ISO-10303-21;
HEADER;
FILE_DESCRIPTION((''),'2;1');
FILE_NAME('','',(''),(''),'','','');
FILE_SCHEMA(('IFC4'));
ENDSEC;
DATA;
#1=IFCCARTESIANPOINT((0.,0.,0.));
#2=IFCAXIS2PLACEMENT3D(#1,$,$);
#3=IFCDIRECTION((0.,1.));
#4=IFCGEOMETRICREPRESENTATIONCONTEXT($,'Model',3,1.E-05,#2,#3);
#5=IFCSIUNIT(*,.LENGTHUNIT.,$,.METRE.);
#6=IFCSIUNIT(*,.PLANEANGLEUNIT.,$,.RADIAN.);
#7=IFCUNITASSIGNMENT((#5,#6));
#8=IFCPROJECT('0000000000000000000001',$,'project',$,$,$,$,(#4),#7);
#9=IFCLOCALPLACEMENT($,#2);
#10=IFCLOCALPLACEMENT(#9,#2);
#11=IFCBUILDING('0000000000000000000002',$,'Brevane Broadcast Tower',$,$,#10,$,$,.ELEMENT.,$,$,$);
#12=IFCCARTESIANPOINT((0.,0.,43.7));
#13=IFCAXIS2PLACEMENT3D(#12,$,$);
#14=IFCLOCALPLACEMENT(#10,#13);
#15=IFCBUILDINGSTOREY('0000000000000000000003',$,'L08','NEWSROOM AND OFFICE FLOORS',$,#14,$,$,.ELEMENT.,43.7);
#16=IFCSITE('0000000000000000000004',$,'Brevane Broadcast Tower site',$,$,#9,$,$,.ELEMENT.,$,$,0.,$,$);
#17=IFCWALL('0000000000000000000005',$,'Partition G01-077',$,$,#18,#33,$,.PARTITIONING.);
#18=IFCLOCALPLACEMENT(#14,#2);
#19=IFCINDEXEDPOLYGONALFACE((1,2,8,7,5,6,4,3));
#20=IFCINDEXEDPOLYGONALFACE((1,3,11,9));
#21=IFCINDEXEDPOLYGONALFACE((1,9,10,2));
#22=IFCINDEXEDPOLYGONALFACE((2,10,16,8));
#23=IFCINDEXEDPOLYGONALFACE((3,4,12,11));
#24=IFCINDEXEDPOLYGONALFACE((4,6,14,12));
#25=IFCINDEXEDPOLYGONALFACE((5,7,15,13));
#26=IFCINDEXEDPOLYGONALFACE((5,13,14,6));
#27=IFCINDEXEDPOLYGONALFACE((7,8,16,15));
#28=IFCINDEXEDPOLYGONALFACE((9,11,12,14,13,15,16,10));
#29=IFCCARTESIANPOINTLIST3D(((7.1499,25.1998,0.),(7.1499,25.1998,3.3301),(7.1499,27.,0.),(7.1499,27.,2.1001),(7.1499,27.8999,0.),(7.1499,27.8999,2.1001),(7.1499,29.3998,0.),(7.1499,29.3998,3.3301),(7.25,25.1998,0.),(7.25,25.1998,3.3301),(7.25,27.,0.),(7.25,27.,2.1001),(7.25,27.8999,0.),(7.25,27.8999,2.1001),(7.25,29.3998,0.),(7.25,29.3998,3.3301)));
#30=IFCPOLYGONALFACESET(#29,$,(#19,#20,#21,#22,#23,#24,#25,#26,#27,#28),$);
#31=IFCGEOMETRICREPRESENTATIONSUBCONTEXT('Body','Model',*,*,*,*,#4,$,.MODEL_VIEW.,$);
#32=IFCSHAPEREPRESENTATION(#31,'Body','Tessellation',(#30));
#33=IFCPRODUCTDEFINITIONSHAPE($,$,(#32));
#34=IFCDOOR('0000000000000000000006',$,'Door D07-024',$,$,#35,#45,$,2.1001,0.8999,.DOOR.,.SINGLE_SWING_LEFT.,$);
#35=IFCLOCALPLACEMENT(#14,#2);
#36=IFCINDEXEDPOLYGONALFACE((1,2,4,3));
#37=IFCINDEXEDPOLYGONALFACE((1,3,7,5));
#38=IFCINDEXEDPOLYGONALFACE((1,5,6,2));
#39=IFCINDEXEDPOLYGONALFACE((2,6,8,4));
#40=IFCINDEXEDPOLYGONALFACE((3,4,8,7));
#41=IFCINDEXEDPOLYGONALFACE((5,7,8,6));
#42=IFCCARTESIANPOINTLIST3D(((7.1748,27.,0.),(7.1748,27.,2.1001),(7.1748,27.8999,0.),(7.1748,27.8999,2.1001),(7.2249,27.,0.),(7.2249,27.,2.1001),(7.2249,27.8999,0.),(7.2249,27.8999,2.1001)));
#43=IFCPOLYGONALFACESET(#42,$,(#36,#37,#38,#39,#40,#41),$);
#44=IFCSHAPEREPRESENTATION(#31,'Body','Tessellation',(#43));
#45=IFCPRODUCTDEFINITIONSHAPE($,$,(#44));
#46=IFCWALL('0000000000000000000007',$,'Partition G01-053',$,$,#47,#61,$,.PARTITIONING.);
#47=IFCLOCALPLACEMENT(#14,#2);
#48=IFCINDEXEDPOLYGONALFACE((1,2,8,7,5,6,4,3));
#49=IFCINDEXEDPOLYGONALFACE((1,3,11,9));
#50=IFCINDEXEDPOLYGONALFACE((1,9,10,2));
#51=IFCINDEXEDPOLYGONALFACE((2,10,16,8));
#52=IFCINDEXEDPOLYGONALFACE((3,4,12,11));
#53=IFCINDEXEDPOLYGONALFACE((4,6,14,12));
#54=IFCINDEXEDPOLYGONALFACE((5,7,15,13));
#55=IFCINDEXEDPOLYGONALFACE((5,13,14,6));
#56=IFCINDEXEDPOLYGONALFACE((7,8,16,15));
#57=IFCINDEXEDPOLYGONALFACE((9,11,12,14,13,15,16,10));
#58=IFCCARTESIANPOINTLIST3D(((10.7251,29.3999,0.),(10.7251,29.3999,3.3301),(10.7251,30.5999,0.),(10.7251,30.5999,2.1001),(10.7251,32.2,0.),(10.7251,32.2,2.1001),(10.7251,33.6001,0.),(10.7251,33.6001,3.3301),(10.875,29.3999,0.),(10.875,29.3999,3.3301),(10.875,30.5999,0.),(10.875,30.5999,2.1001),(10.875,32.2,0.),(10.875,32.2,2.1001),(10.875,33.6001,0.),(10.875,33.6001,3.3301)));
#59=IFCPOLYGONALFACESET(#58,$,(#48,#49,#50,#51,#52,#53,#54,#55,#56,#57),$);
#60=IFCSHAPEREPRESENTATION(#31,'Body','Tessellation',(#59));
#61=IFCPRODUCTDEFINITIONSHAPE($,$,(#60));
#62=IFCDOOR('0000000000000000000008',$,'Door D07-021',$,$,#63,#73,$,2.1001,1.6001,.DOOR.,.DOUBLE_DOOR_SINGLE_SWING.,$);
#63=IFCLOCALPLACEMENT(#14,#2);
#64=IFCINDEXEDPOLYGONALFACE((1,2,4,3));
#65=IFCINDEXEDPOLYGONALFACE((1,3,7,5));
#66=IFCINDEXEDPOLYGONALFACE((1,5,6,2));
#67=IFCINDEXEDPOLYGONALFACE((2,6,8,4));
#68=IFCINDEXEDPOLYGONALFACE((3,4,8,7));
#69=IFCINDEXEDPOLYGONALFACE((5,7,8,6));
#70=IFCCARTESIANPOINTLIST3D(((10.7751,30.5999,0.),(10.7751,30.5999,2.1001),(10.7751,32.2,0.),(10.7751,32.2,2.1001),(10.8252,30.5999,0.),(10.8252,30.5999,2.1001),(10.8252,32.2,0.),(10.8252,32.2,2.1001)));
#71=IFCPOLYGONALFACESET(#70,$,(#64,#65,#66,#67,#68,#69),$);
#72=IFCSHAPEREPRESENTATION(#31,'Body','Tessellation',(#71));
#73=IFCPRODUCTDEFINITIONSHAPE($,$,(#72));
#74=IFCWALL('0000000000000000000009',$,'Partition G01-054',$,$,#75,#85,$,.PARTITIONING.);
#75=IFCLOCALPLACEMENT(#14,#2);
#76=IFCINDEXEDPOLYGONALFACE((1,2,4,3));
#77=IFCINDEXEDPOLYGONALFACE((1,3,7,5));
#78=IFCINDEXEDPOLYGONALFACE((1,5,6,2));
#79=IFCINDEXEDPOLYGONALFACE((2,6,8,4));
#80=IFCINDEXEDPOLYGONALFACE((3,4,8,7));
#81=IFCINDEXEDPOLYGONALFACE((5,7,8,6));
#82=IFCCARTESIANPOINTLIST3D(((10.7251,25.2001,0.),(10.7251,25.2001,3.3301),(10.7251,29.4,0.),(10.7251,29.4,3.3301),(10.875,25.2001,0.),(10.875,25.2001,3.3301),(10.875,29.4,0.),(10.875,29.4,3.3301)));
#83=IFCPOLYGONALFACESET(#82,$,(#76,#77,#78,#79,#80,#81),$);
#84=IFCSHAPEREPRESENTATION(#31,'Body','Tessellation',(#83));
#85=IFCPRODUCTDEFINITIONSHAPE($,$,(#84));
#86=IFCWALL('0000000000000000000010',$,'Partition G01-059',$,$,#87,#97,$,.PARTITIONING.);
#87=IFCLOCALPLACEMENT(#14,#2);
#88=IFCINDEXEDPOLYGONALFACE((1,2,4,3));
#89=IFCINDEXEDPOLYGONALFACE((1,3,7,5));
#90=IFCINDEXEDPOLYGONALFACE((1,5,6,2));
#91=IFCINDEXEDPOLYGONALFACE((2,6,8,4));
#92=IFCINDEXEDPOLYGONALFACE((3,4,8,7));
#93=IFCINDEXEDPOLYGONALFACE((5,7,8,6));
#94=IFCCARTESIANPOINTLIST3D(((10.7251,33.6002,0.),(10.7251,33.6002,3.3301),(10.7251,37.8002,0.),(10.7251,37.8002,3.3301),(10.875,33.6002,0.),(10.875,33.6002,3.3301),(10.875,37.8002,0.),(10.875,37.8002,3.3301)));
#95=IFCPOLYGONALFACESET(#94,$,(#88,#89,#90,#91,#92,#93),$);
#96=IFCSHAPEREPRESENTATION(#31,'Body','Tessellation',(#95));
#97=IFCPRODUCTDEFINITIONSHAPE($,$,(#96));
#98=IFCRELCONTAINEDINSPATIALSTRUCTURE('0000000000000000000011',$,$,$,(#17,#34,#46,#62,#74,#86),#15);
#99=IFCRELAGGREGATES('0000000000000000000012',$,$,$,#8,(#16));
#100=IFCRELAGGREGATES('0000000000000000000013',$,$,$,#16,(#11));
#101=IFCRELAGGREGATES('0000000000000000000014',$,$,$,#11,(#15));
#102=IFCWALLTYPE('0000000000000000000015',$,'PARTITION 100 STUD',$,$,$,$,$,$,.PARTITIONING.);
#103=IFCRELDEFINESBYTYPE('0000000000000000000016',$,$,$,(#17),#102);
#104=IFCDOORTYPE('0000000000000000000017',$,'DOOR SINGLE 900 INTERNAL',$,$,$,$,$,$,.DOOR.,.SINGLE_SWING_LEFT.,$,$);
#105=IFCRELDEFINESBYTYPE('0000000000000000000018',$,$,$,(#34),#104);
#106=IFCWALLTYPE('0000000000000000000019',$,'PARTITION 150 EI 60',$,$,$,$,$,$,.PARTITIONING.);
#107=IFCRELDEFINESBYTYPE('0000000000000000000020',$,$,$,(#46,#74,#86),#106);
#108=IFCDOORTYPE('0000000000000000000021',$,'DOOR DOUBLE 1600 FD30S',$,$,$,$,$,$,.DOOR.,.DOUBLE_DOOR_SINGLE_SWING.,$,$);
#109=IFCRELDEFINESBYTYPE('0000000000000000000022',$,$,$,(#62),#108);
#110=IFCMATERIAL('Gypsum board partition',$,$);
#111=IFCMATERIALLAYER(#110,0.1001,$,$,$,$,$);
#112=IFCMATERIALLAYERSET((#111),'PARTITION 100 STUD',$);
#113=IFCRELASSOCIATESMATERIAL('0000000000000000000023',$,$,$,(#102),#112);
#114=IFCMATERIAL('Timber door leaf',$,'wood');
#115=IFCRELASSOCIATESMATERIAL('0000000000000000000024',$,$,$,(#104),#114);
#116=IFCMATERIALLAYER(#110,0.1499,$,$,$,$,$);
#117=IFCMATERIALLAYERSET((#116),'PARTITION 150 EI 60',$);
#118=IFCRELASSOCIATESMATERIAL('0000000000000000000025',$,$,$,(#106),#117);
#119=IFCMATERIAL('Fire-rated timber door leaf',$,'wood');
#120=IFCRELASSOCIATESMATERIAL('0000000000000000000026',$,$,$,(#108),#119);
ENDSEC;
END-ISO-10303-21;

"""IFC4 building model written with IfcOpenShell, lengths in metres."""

from ifc_helpers import new_model, si_unit, direction, frame, frame_2d, origin, place, context, subcontext, project, spatial, rectangle, extrude, material, layer, layer_set, type_object, element, fill, save


model = new_model("IFC4")

# Units and contexts
model_context = context("Model", 3, precision=1e-05, world=origin(), true_north=direction((0.0, 1.0)))
body_context = subcontext(model_context, "Body", "Model", "MODEL_VIEW")
ifc_project = project(units=[si_unit("LENGTHUNIT", "METRE"), si_unit("PLANEANGLEUNIT", "RADIAN")], contexts=[model_context])

# Site, building, storey
site_placement = place(None, origin())
site = spatial("IfcSite", under=ifc_project, at=site_placement, Name="Brevane Broadcast Tower site", CompositionType="ELEMENT", RefElevation=0.0)
building_placement = place(site_placement, origin())
building = spatial("IfcBuilding", under=site, at=building_placement, Name="Brevane Broadcast Tower", CompositionType="ELEMENT")
storey_placement = place(building_placement, frame((0.0, 0.0, 43.7)))
storey = spatial("IfcBuildingStorey", under=building, at=storey_placement, Name="L08", Description="NEWSROOM AND OFFICE FLOORS", CompositionType="ELEMENT", Elevation=43.7)

# Shared definitions
ifc_material_1 = material(Name="Gypsum board partition")
ifc_layer_1 = layer(ifc_material_1, 0.1001)
ifc_layer_set_1 = layer_set([ifc_layer_1], Name="PARTITION 100 STUD")
wall_type_1 = type_object("IfcWallType", Name="PARTITION 100 STUD", PredefinedType="PARTITIONING", material=ifc_layer_set_1)

# Walls, openings, doors
wall_1_placement = place(storey_placement, frame((7.2, 29.3999, 0.0), z_axis=(0.0, 0.0, 1.0), x_axis=(0.0, -1.0, 0.0)))
wall_1 = element("IfcWall", 1, at=wall_1_placement, inside=storey, type_object=wall_type_1, Name="Partition G01-077", PredefinedType="PARTITIONING", context=body_context, shape_type="SweptSolid", body=[
    extrude(rectangle(XDim=4.2, YDim=0.1001, at=frame_2d((2.1001, 0.0))), origin(), (0.0, 0.0, 1.0), 3.3301),
])
opening_1_placement = place(wall_1_placement, frame((1.5, 0.0, 0.0)))
opening_1 = element("IfcOpeningElement", 2, at=opening_1_placement, cuts=wall_1, PredefinedType="OPENING", context=body_context, shape_type="SweptSolid", body=[
    extrude(rectangle(XDim=0.8999, YDim=2.1001, at=frame_2d((0.45, 1.05))), frame((0.0, 0.0601, 0.0), z_axis=(0.0, -1.0, 0.0), x_axis=(1.0, 0.0, 0.0)), (0.0, 0.0, 1.0), 0.1201),
])
ifc_material_2 = material(Name="Timber door leaf", Category="wood")
door_type_1 = type_object("IfcDoorType", Name="DOOR SINGLE 900 INTERNAL", OperationType="SINGLE_SWING_LEFT", PredefinedType="DOOR", material=ifc_material_2)
door_1_placement = place(opening_1_placement, origin())
door_1 = element("IfcDoor", 3, at=door_1_placement, inside=storey, type_object=door_type_1, Name="Door D07-024", OperationType="SINGLE_SWING_LEFT", OverallHeight=2.1001, OverallWidth=0.8999, PredefinedType="DOOR", context=body_context, shape_type="SweptSolid", body=[
    extrude(rectangle(XDim=0.8999, YDim=2.1001, at=frame_2d((0.45, 1.05))), frame((0.0, 0.0249, 0.0), z_axis=(0.0, -1.0, 0.0), x_axis=(1.0, 0.0, 0.0)), (0.0, 0.0, 1.0), 0.05),
])
fill(opening_1, door_1)
ifc_layer_2 = layer(ifc_material_1, 0.1499)
ifc_layer_set_2 = layer_set([ifc_layer_2], Name="PARTITION 150 EI 60")
wall_type_2 = type_object("IfcWallType", Name="PARTITION 150 EI 60", PredefinedType="PARTITIONING", material=ifc_layer_set_2)
wall_2_placement = place(storey_placement, frame((10.8, 29.3999, 0.0), z_axis=(0.0, 0.0, 1.0), x_axis=(0.0, 1.0, 0.0)))
wall_2 = element("IfcWall", 4, at=wall_2_placement, inside=storey, type_object=wall_type_2, Name="Partition G01-053", PredefinedType="PARTITIONING", context=body_context, shape_type="SweptSolid", body=[
    extrude(rectangle(XDim=4.2002, YDim=0.1499, at=frame_2d((2.1001, 0.0))), origin(), (0.0, 0.0, 1.0), 3.3301),
])
opening_2_placement = place(wall_2_placement, frame((1.2, 0.0, 0.0)))
opening_2 = element("IfcOpeningElement", 5, at=opening_2_placement, cuts=wall_2, PredefinedType="OPENING", context=body_context, shape_type="SweptSolid", body=[
    extrude(rectangle(XDim=1.6001, YDim=2.1001, at=frame_2d((0.8, 1.05))), frame((0.0, 0.085, 0.0), z_axis=(0.0, -1.0, 0.0), x_axis=(1.0, 0.0, 0.0)), (0.0, 0.0, 1.0), 0.1699),
])
ifc_material_3 = material(Name="Fire-rated timber door leaf", Category="wood")
door_type_2 = type_object("IfcDoorType", Name="DOOR DOUBLE 1600 FD30S", OperationType="DOUBLE_DOOR_SINGLE_SWING", PredefinedType="DOOR", material=ifc_material_3)
door_2_placement = place(opening_2_placement, origin())
door_2 = element("IfcDoor", 6, at=door_2_placement, inside=storey, type_object=door_type_2, Name="Door D07-021", OperationType="DOUBLE_DOOR_SINGLE_SWING", OverallHeight=2.1001, OverallWidth=1.6001, PredefinedType="DOOR", context=body_context, shape_type="SweptSolid", body=[
    extrude(rectangle(XDim=1.6001, YDim=2.1001, at=frame_2d((0.8, 1.05))), frame((0.0, 0.0249, 0.0), z_axis=(0.0, -1.0, 0.0), x_axis=(1.0, 0.0, 0.0)), (0.0, 0.0, 1.0), 0.05),
])
fill(opening_2, door_2)

# Walls
for number, where, z_axis, x_axis, name in (
    (7, (10.8, 25.2, 0.0), (0.0, 0.0, 1.0), (0.0, 1.0, 0.0), "Partition G01-054"),
    (8, (10.8, 33.6001, 0.0), (0.0, 0.0, 1.0), (0.0, 1.0, 0.0), "Partition G01-059"),
):
    element("IfcWall", number, at=place(storey_placement, frame(where, z_axis=z_axis, x_axis=x_axis)), inside=storey, type_object=wall_type_2, Name=name, PredefinedType="PARTITIONING", context=body_context, shape_type="SweptSolid", body=[
        extrude(rectangle(XDim=4.2, YDim=0.1499, at=frame_2d((2.1001, 0.0))), origin(), (0.0, 0.0, 1.0), 3.3301),
    ])

save(model, "model.ifc")
